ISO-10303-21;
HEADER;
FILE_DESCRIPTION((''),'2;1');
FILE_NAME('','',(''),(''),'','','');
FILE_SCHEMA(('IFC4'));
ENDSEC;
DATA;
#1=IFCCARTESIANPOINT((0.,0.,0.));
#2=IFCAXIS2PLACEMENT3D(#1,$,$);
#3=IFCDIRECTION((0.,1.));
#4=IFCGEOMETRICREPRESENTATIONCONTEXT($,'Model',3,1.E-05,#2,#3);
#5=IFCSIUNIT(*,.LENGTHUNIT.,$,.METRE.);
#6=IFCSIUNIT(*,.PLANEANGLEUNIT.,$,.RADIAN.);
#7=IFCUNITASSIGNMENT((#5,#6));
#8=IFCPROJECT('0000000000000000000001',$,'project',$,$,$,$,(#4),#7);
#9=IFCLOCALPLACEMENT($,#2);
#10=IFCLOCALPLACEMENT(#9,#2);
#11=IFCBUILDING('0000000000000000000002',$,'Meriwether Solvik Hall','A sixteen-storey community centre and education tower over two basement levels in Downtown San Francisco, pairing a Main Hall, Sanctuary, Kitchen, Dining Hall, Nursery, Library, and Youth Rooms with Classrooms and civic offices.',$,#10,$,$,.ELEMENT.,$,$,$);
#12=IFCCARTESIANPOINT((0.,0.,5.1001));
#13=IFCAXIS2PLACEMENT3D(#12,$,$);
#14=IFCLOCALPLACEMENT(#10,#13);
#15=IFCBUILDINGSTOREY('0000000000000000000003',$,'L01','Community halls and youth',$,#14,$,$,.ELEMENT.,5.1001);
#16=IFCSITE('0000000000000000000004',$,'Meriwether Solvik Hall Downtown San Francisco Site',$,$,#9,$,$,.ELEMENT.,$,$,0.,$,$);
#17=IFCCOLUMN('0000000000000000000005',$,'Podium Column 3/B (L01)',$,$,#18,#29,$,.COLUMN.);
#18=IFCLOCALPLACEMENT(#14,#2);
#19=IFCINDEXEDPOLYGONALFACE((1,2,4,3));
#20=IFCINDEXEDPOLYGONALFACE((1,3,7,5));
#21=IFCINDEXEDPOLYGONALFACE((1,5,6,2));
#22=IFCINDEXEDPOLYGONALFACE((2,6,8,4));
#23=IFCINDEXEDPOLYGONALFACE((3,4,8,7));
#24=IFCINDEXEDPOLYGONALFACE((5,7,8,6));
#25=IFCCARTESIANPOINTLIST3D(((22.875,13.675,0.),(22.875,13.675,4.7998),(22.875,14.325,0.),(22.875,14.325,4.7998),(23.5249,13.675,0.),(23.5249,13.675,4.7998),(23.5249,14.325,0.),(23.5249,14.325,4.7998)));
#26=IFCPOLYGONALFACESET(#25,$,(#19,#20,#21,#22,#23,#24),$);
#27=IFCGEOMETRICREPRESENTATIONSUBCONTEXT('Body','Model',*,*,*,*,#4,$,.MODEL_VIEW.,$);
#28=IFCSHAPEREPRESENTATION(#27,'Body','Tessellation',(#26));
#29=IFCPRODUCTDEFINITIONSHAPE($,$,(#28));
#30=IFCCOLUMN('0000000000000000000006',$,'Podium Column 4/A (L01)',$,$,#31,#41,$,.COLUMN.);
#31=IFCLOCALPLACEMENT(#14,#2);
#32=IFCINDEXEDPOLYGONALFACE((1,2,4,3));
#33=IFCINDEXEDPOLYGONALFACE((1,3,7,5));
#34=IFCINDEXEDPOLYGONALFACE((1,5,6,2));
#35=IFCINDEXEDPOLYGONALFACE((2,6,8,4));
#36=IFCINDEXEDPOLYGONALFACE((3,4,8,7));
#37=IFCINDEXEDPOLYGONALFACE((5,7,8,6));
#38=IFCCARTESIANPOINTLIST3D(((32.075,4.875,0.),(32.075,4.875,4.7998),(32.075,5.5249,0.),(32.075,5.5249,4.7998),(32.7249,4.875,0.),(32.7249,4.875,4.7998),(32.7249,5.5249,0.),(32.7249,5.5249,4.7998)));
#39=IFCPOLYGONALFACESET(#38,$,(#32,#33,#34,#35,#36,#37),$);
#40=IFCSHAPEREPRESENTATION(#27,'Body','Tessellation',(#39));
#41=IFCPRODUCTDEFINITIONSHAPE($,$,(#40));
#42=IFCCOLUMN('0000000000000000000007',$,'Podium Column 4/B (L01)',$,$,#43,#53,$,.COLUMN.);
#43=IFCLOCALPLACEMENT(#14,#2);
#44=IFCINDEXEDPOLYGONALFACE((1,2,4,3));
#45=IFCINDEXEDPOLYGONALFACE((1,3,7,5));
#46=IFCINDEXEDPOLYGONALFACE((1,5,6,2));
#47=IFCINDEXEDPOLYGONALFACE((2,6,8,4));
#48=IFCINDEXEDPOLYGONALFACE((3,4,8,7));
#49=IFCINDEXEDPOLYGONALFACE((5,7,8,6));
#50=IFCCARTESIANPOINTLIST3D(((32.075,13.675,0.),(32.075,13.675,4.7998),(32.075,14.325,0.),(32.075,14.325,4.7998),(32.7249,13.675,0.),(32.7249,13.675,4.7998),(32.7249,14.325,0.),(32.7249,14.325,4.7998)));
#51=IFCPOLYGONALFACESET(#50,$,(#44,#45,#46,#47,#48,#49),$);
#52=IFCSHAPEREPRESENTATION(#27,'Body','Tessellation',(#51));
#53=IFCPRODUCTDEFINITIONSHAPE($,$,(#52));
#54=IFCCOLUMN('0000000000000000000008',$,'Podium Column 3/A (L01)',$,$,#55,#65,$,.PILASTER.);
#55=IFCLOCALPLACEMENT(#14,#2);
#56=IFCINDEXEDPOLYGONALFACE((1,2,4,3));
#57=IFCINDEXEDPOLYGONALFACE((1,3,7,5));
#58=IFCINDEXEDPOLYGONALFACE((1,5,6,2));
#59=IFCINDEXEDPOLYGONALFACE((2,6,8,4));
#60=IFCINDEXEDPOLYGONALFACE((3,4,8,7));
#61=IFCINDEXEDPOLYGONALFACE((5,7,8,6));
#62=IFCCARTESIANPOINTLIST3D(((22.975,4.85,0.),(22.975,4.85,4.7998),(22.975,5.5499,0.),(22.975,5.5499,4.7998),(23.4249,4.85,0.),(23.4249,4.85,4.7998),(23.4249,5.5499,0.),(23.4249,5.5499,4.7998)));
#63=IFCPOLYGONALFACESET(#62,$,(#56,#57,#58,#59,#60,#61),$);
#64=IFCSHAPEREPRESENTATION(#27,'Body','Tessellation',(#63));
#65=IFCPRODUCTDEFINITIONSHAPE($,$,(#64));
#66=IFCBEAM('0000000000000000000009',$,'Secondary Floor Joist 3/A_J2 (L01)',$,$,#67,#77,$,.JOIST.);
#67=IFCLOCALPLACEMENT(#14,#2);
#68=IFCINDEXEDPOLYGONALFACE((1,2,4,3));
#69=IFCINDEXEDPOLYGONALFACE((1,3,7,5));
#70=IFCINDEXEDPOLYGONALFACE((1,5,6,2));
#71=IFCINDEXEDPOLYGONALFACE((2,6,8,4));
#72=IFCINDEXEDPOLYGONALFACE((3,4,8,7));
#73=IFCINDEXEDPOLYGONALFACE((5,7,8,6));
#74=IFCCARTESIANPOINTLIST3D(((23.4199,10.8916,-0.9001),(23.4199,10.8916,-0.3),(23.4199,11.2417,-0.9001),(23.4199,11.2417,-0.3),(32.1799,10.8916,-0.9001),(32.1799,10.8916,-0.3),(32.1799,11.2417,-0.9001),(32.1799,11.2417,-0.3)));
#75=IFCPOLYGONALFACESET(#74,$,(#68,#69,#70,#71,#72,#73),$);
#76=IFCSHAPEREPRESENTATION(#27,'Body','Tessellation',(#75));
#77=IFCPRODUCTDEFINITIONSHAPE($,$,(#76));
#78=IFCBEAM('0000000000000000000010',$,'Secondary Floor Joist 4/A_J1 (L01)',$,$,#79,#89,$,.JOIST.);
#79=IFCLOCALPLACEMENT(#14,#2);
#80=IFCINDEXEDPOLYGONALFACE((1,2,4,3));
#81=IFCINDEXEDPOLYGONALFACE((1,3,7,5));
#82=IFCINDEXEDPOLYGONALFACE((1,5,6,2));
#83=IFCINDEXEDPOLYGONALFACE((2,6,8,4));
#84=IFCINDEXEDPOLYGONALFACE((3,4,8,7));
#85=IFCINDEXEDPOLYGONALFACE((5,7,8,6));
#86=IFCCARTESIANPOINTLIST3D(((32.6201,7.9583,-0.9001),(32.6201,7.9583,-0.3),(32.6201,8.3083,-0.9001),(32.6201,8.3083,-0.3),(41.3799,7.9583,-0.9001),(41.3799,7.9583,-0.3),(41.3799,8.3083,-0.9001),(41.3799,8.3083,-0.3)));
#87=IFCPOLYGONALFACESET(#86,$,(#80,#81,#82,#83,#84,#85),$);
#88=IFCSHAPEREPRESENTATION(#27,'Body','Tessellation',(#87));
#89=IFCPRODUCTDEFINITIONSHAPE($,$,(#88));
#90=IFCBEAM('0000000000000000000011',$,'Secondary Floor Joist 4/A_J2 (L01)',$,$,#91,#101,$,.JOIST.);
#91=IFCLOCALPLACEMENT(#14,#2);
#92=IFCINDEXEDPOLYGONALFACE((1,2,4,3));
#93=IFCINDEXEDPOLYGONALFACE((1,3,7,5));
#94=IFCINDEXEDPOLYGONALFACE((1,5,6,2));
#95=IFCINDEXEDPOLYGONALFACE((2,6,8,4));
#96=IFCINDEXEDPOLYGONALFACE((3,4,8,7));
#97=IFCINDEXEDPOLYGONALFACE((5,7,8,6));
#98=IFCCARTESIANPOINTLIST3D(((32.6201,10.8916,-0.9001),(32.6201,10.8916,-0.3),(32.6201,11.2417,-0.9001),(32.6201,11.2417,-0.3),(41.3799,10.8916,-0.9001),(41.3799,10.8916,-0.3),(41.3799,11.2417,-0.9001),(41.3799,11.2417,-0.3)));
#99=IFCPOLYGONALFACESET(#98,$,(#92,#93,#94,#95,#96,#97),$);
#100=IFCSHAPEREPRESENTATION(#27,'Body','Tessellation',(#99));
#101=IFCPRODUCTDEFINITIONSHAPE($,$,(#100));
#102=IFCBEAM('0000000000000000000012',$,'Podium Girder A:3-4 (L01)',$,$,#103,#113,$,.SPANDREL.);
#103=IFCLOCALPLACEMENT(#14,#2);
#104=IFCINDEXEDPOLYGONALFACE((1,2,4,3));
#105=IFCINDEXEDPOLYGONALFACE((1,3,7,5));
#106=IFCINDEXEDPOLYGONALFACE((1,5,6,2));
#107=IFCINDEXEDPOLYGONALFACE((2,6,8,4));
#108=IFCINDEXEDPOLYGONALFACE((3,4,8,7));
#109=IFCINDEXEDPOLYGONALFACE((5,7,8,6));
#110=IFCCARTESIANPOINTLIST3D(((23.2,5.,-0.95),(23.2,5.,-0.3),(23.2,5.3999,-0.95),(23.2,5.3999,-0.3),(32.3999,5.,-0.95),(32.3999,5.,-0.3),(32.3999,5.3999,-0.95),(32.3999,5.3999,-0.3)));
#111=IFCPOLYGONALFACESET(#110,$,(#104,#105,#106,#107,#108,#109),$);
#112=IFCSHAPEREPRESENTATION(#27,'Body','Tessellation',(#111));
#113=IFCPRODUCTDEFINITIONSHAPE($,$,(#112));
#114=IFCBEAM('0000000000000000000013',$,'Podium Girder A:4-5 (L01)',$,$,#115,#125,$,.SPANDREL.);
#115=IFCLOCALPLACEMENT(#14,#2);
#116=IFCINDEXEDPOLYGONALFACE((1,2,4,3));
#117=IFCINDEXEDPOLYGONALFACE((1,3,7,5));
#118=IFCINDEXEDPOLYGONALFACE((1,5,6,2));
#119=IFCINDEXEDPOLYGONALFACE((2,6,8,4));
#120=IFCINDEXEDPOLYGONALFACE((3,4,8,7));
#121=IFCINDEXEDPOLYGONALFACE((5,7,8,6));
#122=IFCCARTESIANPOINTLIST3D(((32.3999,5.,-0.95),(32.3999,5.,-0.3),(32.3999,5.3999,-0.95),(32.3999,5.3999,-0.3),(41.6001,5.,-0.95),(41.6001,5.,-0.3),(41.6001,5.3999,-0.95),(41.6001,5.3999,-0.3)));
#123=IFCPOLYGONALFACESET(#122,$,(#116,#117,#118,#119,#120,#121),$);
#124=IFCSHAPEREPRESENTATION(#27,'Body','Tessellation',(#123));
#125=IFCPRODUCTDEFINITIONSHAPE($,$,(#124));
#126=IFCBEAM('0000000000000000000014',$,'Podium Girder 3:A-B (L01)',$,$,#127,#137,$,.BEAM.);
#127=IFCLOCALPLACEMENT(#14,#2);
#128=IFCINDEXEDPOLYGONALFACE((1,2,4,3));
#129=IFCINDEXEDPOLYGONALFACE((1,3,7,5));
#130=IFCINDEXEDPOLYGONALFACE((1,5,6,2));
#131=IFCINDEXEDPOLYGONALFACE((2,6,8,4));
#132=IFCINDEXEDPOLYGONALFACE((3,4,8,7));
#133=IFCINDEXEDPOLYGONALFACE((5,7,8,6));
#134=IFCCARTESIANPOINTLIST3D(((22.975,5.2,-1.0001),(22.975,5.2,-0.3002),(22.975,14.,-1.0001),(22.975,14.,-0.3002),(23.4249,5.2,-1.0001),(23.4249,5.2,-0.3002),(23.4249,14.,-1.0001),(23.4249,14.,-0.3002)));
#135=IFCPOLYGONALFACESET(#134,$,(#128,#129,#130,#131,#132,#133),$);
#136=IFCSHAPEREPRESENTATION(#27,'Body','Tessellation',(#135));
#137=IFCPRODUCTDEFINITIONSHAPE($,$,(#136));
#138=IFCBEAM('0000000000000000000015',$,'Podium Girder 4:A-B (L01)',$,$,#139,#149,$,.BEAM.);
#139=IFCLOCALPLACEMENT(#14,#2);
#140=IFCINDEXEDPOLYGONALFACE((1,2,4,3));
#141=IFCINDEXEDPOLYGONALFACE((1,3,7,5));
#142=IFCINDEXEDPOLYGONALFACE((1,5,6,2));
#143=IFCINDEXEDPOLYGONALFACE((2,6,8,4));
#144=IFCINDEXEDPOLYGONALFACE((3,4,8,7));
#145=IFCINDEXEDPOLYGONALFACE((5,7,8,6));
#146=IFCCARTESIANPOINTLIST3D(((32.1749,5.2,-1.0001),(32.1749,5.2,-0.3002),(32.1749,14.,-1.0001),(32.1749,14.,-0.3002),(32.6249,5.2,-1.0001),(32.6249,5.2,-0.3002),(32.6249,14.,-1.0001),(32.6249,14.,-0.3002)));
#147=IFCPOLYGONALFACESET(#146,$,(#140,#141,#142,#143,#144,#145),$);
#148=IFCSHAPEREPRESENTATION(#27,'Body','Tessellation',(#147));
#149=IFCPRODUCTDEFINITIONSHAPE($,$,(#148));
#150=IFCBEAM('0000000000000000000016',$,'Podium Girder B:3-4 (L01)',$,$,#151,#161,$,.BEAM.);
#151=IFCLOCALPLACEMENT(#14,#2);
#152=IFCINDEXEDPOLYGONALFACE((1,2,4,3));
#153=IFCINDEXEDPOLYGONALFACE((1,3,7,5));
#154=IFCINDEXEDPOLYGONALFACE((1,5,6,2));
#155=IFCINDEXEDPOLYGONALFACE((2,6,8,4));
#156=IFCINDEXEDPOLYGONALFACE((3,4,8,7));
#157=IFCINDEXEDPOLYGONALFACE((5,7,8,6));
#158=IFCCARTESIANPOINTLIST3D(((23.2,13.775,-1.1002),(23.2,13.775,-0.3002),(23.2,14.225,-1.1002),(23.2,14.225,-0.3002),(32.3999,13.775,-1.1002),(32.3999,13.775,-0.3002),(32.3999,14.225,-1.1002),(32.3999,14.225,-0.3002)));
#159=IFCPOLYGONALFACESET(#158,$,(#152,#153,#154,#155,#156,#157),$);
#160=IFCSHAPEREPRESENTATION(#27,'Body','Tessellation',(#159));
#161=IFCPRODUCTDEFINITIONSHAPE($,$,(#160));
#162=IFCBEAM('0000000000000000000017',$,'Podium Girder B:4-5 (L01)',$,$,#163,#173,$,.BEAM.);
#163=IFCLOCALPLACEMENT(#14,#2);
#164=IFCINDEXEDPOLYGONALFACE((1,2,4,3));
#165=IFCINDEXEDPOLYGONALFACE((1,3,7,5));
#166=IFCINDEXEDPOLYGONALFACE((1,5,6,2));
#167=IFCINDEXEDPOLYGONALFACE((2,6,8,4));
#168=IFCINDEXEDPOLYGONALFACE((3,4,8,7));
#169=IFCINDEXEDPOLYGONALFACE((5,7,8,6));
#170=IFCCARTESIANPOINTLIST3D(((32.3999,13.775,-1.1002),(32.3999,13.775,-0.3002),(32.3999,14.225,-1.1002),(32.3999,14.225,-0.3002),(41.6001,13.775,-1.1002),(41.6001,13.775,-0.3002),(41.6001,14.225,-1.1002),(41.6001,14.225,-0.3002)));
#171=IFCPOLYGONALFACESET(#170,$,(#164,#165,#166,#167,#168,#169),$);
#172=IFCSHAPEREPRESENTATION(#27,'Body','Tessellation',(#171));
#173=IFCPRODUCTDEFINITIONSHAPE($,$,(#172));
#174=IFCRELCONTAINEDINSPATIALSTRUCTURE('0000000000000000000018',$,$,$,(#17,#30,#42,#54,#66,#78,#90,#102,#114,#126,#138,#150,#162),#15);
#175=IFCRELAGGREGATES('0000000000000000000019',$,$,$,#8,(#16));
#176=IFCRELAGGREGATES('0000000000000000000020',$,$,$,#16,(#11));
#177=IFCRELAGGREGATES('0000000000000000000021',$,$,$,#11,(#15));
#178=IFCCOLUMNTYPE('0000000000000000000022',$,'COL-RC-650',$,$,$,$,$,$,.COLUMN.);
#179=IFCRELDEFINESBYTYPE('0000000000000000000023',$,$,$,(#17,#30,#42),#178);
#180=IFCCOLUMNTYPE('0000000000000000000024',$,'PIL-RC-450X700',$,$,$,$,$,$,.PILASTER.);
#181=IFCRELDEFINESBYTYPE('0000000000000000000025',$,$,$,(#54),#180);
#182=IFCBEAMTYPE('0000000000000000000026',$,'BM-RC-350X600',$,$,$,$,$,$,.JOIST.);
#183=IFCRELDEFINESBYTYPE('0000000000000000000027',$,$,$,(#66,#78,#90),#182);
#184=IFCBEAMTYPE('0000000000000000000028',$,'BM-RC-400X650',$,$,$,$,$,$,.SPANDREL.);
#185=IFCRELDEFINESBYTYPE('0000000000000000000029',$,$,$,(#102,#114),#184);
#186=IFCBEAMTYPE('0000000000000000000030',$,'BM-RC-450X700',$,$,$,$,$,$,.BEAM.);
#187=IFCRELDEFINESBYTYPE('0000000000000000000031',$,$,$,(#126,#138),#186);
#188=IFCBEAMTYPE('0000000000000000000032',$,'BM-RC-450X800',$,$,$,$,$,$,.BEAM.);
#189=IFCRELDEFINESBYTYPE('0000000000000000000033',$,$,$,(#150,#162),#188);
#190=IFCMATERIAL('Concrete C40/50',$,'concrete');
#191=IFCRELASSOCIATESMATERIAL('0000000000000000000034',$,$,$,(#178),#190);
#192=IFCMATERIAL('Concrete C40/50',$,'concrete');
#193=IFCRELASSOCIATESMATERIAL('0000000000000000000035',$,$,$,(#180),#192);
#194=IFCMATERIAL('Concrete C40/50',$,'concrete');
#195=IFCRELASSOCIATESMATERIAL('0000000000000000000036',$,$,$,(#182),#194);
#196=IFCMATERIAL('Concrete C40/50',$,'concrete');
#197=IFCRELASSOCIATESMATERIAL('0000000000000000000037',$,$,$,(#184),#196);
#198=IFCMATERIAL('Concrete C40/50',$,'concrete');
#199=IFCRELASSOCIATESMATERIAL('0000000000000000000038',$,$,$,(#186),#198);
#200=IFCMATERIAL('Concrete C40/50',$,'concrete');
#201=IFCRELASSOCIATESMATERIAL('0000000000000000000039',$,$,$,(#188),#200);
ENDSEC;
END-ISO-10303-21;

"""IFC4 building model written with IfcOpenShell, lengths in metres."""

from ifc_helpers import new_model, si_unit, direction, frame, origin, origin_2d, place, context, subcontext, project, spatial, rectangle, extrude, material, material_profile, profile_set, type_object, element, save


model = new_model("IFC4")

# Units and contexts
model_context = context("Model", 3, precision=1e-05, world=origin(), true_north=direction((0.0, 1.0)))
body_context = subcontext(model_context, "Body", "Model", "MODEL_VIEW")
ifc_project = project(units=[si_unit("LENGTHUNIT", "METRE"), si_unit("PLANEANGLEUNIT", "RADIAN")], contexts=[model_context])

# Site, building, storey
site_placement = place(None, origin())
site = spatial("IfcSite", under=ifc_project, at=site_placement, Name="Meriwether Solvik Hall Downtown San Francisco Site", CompositionType="ELEMENT", RefElevation=0.0)
building_placement = place(site_placement, origin())
building = spatial("IfcBuilding", under=site, at=building_placement, Name="Meriwether Solvik Hall", Description="A sixteen-storey community centre and education tower over two basement levels in Downtown San Francisco, pairing a Main Hall, Sanctuary, Kitchen, Dining Hall, Nursery, Library, and Youth Rooms with Classrooms and civic offices.", CompositionType="ELEMENT")
storey_placement = place(building_placement, frame((0.0, 0.0, 5.1001)))
storey = spatial("IfcBuildingStorey", under=building, at=storey_placement, Name="L01", Description="Community halls and youth", CompositionType="ELEMENT", Elevation=5.1001)

# Columns
ifc_material_1 = material(Name="Concrete C40/50", Category="concrete")
ifc_material_profile_1 = material_profile(ifc_material_1, rectangle(XDim=0.6499, YDim=0.6499, at=origin_2d()), Name="RCC-650X650")
ifc_profile_set_1 = profile_set([ifc_material_profile_1], Name="Concrete C40/50")
column_type_1 = type_object("IfcColumnType", Name="COL-RC-650", PredefinedType="COLUMN", material=ifc_profile_set_1)
for number, where, z_axis, x_axis, name in (
    (1, (23.2, 14.0, 0.0), (0.0, 0.0, 1.0), (1.0, 0.0, 0.0), "Podium Column 3/B (L01)"),
    (2, (32.3999, 5.2, 0.0), (0.0, 0.0, 1.0), (1.0, 0.0, 0.0), "Podium Column 4/A (L01)"),
    (3, (32.3999, 14.0, 0.0), (0.0, 0.0, 1.0), (1.0, 0.0, 0.0), "Podium Column 4/B (L01)"),
):
    element("IfcColumn", number, at=place(storey_placement, frame(where, z_axis=z_axis, x_axis=x_axis)), inside=storey, type_object=column_type_1, Name=name, PredefinedType="COLUMN", context=body_context, shape_type="SweptSolid", body=[
        extrude(rectangle(XDim=0.6499, YDim=0.6499, at=origin_2d()), origin(), (0.0, 0.0, 1.0), 4.7998),
    ])
ifc_material_2 = material(Name="Concrete C40/50", Category="concrete")
ifc_material_profile_2 = material_profile(ifc_material_2, rectangle(XDim=0.45, YDim=0.7, at=origin_2d()), Name="RCP-450X700")
ifc_profile_set_2 = profile_set([ifc_material_profile_2], Name="Concrete C40/50")
column_type_2 = type_object("IfcColumnType", Name="PIL-RC-450X700", PredefinedType="PILASTER", material=ifc_profile_set_2)
column_placement = place(storey_placement, frame((23.2, 5.2, 0.0), z_axis=(0.0, 0.0, 1.0), x_axis=(1.0, 0.0, 0.0)))
element("IfcColumn", 4, at=column_placement, inside=storey, type_object=column_type_2, Name="Podium Column 3/A (L01)", PredefinedType="PILASTER", context=body_context, shape_type="SweptSolid", body=[
    extrude(rectangle(XDim=0.45, YDim=0.7, at=origin_2d()), origin(), (0.0, 0.0, 1.0), 4.7998),
])

# Beams
ifc_material_3 = material(Name="Concrete C40/50", Category="concrete")
ifc_material_profile_3 = material_profile(ifc_material_3, rectangle(XDim=0.3501, YDim=0.6001, at=origin_2d()), Name="RCB-350X600")
ifc_profile_set_3 = profile_set([ifc_material_profile_3], Name="Concrete C40/50")
beam_type_1 = type_object("IfcBeamType", Name="BM-RC-350X600", PredefinedType="JOIST", material=ifc_profile_set_3)
beam_1_placement = place(storey_placement, frame((23.4199, 11.0667, -0.6001), z_axis=(1.0, 0.0, 0.0), x_axis=(0.0, 1.0, 0.0)))
element("IfcBeam", 5, at=beam_1_placement, inside=storey, type_object=beam_type_1, Name="Secondary Floor Joist 3/A_J2 (L01)", PredefinedType="JOIST", context=body_context, shape_type="SweptSolid", body=[
    extrude(rectangle(XDim=0.3501, YDim=0.6001, at=origin_2d()), origin(), (0.0, 0.0, 1.0), 8.76),
])
for number, where, z_axis, x_axis, name in (
    (6, (32.6201, 8.1333, -0.6001), (1.0, 0.0, 0.0), (0.0, 1.0, 0.0), "Secondary Floor Joist 4/A_J1 (L01)"),
    (7, (32.6201, 11.0667, -0.6001), (1.0, 0.0, 0.0), (0.0, 1.0, 0.0), "Secondary Floor Joist 4/A_J2 (L01)"),
):
    element("IfcBeam", number, at=place(storey_placement, frame(where, z_axis=z_axis, x_axis=x_axis)), inside=storey, type_object=beam_type_1, Name=name, PredefinedType="JOIST", context=body_context, shape_type="SweptSolid", body=[
        extrude(rectangle(XDim=0.3501, YDim=0.6001, at=origin_2d()), origin(), (0.0, 0.0, 1.0), 8.7598),
    ])
ifc_material_4 = material(Name="Concrete C40/50", Category="concrete")
ifc_material_profile_4 = material_profile(ifc_material_4, rectangle(XDim=0.3999, YDim=0.6499, at=origin_2d()), Name="RCB-400X650")
ifc_profile_set_4 = profile_set([ifc_material_profile_4], Name="Concrete C40/50")
beam_type_2 = type_object("IfcBeamType", Name="BM-RC-400X650", PredefinedType="SPANDREL", material=ifc_profile_set_4)
beam_2_placement = place(storey_placement, frame((23.2, 5.2, -0.625), z_axis=(1.0, 0.0, 0.0), x_axis=(0.0, 1.0, 0.0)))
element("IfcBeam", 8, at=beam_2_placement, inside=storey, type_object=beam_type_2, Name="Podium Girder A:3-4 (L01)", PredefinedType="SPANDREL", context=body_context, shape_type="SweptSolid", body=[
    extrude(rectangle(XDim=0.3999, YDim=0.6499, at=origin_2d()), origin(), (0.0, 0.0, 1.0), 9.2),
])
beam_3_placement = place(storey_placement, frame((32.3999, 5.2, -0.625), z_axis=(1.0, 0.0, 0.0), x_axis=(0.0, 1.0, 0.0)))
element("IfcBeam", 9, at=beam_3_placement, inside=storey, type_object=beam_type_2, Name="Podium Girder A:4-5 (L01)", PredefinedType="SPANDREL", context=body_context, shape_type="SweptSolid", body=[
    extrude(rectangle(XDim=0.3999, YDim=0.6499, at=origin_2d()), origin(), (0.0, 0.0, 1.0), 9.2002),
])
ifc_material_5 = material(Name="Concrete C40/50", Category="concrete")
ifc_material_profile_5 = material_profile(ifc_material_5, rectangle(XDim=0.45, YDim=0.7, at=origin_2d()), Name="RCB-450X700")
ifc_profile_set_5 = profile_set([ifc_material_profile_5], Name="Concrete C40/50")
beam_type_3 = type_object("IfcBeamType", Name="BM-RC-450X700", PredefinedType="BEAM", material=ifc_profile_set_5)
for number, where, z_axis, x_axis, name in (
    (10, (23.2, 5.2, -0.6501), (0.0, 1.0, 0.0), (-1.0, 0.0, 0.0), "Podium Girder 3:A-B (L01)"),
    (11, (32.3999, 5.2, -0.6501), (0.0, 1.0, 0.0), (-1.0, 0.0, 0.0), "Podium Girder 4:A-B (L01)"),
):
    element("IfcBeam", number, at=place(storey_placement, frame(where, z_axis=z_axis, x_axis=x_axis)), inside=storey, type_object=beam_type_3, Name=name, PredefinedType="BEAM", context=body_context, shape_type="SweptSolid", body=[
        extrude(rectangle(XDim=0.45, YDim=0.7, at=origin_2d()), origin(), (0.0, 0.0, 1.0), 8.8),
    ])
ifc_material_6 = material(Name="Concrete C40/50", Category="concrete")
ifc_material_profile_6 = material_profile(ifc_material_6, rectangle(XDim=0.45, YDim=0.8, at=origin_2d()), Name="RCB-450X800")
ifc_profile_set_6 = profile_set([ifc_material_profile_6], Name="Concrete C40/50")
beam_type_4 = type_object("IfcBeamType", Name="BM-RC-450X800", PredefinedType="BEAM", material=ifc_profile_set_6)
beam_4_placement = place(storey_placement, frame((23.2, 14.0, -0.7002), z_axis=(1.0, 0.0, 0.0), x_axis=(0.0, 1.0, 0.0)))
element("IfcBeam", 12, at=beam_4_placement, inside=storey, type_object=beam_type_4, Name="Podium Girder B:3-4 (L01)", PredefinedType="BEAM", context=body_context, shape_type="SweptSolid", body=[
    extrude(rectangle(XDim=0.45, YDim=0.8, at=origin_2d()), origin(), (0.0, 0.0, 1.0), 9.2),
])
beam_5_placement = place(storey_placement, frame((32.3999, 14.0, -0.7002), z_axis=(1.0, 0.0, 0.0), x_axis=(0.0, 1.0, 0.0)))
element("IfcBeam", 13, at=beam_5_placement, inside=storey, type_object=beam_type_4, Name="Podium Girder B:4-5 (L01)", PredefinedType="BEAM", context=body_context, shape_type="SweptSolid", body=[
    extrude(rectangle(XDim=0.45, YDim=0.8, at=origin_2d()), origin(), (0.0, 0.0, 1.0), 9.2002),
])

save(model, "model.ifc")
